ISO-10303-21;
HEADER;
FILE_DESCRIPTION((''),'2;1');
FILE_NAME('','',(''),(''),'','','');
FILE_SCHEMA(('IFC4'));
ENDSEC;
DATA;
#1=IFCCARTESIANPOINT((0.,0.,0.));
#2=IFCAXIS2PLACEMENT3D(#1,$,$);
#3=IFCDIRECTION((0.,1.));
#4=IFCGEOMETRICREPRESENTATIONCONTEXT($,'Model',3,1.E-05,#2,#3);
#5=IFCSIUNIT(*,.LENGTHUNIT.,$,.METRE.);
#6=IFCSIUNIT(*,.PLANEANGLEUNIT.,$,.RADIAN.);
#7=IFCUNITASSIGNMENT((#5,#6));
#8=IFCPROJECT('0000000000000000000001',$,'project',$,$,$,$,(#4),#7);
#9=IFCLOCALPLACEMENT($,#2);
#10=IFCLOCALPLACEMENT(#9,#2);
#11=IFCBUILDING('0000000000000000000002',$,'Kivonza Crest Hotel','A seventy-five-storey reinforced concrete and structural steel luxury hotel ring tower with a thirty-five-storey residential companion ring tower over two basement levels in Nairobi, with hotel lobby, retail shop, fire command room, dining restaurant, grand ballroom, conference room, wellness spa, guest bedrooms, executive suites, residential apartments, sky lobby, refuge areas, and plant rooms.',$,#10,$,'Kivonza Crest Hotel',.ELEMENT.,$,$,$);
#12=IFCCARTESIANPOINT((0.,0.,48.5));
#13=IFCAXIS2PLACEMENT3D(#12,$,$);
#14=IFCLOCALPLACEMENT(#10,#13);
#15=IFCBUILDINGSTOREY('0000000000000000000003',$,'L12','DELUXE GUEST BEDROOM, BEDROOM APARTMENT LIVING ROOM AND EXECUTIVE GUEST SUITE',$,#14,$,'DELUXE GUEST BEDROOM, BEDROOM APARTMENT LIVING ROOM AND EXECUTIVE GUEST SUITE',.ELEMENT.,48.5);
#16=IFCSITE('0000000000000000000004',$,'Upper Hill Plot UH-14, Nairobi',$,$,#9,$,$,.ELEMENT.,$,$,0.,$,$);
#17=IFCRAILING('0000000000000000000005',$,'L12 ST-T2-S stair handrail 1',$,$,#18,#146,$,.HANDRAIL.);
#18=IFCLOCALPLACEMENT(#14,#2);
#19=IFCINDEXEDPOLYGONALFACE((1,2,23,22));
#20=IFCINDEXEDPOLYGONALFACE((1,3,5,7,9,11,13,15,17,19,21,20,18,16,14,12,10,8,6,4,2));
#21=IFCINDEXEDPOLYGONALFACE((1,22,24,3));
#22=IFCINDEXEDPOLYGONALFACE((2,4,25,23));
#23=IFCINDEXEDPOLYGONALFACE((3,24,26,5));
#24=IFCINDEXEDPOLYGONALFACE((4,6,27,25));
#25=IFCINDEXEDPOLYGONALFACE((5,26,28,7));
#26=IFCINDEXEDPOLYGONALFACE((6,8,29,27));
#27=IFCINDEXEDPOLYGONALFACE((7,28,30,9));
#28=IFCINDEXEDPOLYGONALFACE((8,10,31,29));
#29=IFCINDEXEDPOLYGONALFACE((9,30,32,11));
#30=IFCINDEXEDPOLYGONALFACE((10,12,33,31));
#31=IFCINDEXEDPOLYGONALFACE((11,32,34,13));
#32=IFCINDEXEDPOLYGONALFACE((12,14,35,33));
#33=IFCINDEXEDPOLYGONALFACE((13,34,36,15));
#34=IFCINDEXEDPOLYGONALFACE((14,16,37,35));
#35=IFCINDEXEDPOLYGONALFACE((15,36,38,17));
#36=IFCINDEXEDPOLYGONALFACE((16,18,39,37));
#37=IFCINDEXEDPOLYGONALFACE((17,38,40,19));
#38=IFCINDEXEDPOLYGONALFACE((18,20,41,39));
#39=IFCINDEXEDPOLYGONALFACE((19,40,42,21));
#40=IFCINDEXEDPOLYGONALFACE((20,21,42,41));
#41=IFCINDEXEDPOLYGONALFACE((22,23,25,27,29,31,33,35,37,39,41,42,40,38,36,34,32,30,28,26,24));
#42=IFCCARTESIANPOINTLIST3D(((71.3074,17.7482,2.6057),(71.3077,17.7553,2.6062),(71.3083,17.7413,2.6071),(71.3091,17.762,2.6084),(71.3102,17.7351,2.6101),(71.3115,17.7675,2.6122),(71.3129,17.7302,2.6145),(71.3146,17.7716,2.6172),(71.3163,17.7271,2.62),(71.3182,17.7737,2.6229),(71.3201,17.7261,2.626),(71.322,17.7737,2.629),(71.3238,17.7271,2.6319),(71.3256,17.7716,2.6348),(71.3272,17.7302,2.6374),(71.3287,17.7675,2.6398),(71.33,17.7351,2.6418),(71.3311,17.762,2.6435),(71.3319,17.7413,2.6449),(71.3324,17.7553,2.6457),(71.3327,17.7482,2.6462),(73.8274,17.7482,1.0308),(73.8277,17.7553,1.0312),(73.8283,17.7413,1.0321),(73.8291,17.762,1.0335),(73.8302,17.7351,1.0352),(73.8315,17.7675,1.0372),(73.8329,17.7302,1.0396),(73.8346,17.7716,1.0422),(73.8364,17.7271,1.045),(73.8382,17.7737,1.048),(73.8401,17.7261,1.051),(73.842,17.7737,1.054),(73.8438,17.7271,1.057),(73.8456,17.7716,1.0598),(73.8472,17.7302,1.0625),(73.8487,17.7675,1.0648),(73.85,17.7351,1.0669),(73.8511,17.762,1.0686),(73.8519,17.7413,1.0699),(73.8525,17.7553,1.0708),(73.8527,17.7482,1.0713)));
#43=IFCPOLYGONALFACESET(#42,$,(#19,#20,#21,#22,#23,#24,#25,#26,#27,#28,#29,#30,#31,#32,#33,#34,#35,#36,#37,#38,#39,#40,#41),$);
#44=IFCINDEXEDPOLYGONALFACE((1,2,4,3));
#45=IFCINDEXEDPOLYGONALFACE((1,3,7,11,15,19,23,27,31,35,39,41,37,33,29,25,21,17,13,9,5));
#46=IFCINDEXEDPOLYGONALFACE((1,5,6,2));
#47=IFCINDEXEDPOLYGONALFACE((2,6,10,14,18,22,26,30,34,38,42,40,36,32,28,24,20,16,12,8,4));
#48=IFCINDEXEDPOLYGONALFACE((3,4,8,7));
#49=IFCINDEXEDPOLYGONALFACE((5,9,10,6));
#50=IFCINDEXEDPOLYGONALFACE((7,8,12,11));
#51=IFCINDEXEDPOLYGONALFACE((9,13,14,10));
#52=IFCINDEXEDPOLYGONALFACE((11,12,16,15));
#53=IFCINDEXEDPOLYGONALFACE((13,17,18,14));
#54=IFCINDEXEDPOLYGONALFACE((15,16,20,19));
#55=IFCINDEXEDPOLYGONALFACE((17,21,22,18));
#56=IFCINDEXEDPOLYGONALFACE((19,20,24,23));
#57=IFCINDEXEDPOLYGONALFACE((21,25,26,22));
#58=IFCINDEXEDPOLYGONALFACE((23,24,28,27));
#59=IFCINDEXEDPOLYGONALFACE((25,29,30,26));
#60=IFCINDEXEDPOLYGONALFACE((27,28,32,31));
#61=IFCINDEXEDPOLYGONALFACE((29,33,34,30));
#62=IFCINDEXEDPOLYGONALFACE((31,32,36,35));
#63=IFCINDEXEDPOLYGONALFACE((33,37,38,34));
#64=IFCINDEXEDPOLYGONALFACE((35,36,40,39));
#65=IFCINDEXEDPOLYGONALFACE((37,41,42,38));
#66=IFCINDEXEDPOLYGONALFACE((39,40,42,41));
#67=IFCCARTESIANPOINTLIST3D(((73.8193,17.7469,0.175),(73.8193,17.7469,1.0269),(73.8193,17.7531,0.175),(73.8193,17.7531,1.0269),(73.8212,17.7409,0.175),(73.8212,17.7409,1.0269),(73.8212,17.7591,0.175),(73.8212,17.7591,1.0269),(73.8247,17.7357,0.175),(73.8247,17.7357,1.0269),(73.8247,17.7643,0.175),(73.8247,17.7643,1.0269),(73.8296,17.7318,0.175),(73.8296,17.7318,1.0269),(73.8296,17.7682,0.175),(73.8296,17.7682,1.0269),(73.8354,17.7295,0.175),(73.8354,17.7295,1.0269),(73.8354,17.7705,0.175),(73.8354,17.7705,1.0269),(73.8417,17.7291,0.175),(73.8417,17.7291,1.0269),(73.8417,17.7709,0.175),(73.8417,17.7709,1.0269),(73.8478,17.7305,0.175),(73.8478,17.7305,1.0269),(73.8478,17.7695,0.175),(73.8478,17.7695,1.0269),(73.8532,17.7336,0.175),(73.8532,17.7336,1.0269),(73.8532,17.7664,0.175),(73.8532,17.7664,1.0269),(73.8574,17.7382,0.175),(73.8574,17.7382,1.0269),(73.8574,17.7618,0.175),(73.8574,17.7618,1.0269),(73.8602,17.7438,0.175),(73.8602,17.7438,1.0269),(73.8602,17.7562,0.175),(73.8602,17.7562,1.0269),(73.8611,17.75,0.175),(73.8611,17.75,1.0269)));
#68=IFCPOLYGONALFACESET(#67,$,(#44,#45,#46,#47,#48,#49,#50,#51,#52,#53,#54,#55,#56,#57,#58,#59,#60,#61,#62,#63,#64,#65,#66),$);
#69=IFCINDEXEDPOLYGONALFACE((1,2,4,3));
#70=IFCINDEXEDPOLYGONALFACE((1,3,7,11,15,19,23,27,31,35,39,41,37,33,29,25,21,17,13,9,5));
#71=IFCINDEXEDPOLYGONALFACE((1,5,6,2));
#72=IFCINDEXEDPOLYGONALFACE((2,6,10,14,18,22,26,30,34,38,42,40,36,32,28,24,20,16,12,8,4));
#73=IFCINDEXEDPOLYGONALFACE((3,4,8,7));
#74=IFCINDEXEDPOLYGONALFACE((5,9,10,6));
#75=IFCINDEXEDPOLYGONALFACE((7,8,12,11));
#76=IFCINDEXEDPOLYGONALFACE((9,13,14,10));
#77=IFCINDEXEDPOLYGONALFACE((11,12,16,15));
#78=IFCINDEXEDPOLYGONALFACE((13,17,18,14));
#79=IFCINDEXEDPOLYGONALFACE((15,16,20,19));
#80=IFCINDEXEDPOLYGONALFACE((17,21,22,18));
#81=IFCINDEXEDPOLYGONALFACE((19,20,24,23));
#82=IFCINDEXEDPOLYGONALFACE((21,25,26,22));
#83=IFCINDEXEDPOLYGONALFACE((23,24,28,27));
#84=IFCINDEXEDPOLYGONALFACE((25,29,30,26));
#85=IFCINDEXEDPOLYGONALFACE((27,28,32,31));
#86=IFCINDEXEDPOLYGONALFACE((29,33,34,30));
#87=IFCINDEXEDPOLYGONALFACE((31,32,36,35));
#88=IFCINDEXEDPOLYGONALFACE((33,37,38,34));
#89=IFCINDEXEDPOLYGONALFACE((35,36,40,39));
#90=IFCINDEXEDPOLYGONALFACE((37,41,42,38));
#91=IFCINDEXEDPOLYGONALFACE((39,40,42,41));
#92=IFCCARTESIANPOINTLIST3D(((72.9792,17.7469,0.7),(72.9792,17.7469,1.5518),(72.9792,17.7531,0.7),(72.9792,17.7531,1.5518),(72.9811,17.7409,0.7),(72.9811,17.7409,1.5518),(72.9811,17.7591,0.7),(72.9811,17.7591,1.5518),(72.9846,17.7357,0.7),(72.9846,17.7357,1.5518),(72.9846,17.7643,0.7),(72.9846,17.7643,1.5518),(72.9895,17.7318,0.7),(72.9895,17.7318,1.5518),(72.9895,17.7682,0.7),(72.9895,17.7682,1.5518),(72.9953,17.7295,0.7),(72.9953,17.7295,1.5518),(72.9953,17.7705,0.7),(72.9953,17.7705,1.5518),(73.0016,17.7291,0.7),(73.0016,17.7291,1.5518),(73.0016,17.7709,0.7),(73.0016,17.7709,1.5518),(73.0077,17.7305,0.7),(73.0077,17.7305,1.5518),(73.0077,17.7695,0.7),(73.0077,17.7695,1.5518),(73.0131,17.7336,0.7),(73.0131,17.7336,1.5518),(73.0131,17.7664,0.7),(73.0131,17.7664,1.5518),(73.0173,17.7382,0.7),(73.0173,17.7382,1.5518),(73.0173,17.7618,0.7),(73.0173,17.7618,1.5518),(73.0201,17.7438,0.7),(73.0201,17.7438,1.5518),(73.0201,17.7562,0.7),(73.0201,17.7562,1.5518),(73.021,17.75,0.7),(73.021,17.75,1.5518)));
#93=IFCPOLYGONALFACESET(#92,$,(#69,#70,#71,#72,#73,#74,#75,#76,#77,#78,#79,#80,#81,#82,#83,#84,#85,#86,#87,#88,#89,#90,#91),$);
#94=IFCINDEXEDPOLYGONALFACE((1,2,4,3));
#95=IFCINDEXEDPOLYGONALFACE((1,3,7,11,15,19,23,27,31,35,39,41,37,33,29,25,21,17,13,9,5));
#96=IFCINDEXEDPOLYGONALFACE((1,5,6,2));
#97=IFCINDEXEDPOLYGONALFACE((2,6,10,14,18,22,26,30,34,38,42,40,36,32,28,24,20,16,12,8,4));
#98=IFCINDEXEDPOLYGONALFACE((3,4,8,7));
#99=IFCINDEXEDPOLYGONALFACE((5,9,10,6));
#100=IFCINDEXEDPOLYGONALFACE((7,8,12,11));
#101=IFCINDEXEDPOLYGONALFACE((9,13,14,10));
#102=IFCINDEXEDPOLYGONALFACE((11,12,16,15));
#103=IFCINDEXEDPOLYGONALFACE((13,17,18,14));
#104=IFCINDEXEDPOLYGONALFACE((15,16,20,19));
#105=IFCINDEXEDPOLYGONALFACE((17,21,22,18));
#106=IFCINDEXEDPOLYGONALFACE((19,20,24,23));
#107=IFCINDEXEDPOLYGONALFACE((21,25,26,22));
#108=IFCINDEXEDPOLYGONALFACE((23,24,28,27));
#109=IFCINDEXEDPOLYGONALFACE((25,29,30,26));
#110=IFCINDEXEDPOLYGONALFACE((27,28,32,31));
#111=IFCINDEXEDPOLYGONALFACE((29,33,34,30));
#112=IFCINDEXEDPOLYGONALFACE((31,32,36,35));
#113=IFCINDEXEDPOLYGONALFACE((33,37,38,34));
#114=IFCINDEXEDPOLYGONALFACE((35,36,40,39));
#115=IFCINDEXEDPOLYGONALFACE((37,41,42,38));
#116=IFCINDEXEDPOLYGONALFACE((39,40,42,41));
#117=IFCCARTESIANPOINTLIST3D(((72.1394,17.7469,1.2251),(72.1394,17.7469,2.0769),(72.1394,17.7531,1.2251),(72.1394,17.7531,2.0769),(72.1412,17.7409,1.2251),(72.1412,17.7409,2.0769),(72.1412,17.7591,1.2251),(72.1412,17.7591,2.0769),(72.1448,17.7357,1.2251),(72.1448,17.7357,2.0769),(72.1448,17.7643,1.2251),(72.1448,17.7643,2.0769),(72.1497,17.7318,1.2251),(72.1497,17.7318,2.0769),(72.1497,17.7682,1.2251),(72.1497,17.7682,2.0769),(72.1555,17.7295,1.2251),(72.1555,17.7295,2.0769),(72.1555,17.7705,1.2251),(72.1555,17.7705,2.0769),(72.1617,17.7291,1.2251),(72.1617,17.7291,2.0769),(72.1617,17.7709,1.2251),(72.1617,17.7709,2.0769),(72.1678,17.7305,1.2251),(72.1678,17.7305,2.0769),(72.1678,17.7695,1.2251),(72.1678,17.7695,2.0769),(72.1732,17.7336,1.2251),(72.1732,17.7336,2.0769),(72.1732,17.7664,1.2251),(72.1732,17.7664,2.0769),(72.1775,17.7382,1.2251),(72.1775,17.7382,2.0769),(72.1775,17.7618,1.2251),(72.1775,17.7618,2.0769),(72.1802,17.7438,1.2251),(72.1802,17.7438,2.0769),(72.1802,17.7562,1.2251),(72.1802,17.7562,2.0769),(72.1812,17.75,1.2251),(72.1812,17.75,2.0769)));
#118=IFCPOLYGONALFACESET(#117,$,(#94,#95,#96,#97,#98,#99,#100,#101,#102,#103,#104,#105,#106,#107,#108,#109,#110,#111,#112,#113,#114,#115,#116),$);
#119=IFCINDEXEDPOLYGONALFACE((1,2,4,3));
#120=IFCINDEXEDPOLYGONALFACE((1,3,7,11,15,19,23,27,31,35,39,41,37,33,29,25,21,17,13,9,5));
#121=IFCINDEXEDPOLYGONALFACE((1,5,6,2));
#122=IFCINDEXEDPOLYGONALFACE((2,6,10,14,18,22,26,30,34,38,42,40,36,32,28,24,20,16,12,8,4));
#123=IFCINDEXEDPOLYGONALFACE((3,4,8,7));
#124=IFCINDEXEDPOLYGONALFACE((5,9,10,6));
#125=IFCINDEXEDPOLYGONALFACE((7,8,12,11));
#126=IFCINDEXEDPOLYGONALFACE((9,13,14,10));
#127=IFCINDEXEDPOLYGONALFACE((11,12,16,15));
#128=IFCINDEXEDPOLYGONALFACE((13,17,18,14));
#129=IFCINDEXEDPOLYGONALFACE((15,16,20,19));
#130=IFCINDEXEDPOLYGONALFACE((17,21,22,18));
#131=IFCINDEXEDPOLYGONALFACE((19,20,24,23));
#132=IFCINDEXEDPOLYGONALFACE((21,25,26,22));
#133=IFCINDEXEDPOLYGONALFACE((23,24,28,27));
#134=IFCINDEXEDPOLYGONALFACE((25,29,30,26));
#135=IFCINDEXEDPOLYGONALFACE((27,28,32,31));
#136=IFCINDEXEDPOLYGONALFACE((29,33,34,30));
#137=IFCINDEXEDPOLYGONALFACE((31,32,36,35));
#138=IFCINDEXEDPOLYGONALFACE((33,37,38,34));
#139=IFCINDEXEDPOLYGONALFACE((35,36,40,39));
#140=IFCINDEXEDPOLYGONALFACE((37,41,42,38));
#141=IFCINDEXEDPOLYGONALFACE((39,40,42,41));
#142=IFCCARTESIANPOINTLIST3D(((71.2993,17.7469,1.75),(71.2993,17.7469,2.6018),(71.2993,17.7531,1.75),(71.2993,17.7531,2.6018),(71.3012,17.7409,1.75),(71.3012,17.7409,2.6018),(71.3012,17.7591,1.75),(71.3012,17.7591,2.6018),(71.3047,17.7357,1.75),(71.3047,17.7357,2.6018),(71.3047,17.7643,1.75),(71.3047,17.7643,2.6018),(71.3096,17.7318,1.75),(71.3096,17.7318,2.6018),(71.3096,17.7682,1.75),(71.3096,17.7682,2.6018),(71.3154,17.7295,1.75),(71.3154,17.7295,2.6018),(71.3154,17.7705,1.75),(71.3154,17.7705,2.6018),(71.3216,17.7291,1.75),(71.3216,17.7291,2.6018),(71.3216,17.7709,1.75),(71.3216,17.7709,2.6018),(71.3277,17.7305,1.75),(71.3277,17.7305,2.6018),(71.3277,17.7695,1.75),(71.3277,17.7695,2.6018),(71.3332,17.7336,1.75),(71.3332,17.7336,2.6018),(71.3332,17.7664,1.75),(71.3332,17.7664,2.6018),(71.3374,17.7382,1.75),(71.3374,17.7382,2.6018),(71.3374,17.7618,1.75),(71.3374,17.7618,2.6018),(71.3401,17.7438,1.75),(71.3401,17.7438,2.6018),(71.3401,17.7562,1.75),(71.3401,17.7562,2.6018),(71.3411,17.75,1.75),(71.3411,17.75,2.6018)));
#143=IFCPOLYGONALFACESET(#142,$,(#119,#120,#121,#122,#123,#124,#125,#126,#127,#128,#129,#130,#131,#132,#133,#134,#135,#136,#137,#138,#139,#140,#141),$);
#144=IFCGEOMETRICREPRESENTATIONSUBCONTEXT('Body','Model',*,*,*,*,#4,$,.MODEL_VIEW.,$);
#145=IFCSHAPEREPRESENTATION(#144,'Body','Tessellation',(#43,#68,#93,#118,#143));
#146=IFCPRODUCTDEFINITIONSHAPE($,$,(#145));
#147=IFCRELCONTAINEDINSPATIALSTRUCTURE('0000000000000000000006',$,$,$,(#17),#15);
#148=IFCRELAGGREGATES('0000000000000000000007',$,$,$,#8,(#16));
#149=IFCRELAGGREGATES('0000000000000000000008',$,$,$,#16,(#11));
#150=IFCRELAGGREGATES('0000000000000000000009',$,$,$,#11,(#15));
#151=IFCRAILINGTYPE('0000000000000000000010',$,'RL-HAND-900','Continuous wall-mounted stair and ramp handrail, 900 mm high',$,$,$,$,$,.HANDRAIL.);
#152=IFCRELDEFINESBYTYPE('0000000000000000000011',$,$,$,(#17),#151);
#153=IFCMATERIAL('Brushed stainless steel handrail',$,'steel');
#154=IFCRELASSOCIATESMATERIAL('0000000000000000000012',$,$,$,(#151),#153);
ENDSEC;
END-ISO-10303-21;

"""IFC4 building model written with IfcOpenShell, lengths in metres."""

from ifc_helpers import new_model, si_unit, direction, frame, origin, origin_2d, place, context, subcontext, project, spatial, circle, extrude, material, type_object, element, save


model = new_model("IFC4")

# Units and contexts
model_context = context("Model", 3, precision=1e-05, world=origin(), true_north=direction((0.0, 1.0)))
body_context = subcontext(model_context, "Body", "Model", "MODEL_VIEW")
ifc_project = project(units=[si_unit("LENGTHUNIT", "METRE"), si_unit("PLANEANGLEUNIT", "RADIAN")], contexts=[model_context])

# Site, building, storey
site_placement = place(None, origin())
site = spatial("IfcSite", under=ifc_project, at=site_placement, Name="Upper Hill Plot UH-14, Nairobi", CompositionType="ELEMENT", RefElevation=0.0)
building_placement = place(site_placement, origin())
building = spatial("IfcBuilding", under=site, at=building_placement, Name="Kivonza Crest Hotel", Description="A seventy-five-storey reinforced concrete and structural steel luxury hotel ring tower with a thirty-five-storey residential companion ring tower over two basement levels in Nairobi, with hotel lobby, retail shop, fire command room, dining restaurant, grand ballroom, conference room, wellness spa, guest bedrooms, executive suites, residential apartments, sky lobby, refuge areas, and plant rooms.", LongName="Kivonza Crest Hotel", CompositionType="ELEMENT")
storey_placement = place(building_placement, frame((0.0, 0.0, 48.5)))
storey = spatial("IfcBuildingStorey", under=building, at=storey_placement, Name="L12", Description="DELUXE GUEST BEDROOM, BEDROOM APARTMENT LIVING ROOM AND EXECUTIVE GUEST SUITE", LongName="DELUXE GUEST BEDROOM, BEDROOM APARTMENT LIVING ROOM AND EXECUTIVE GUEST SUITE", CompositionType="ELEMENT", Elevation=48.5)

# Railing
ifc_material_1 = material(Name="Brushed stainless steel handrail", Category="steel")
railing_type_1 = type_object("IfcRailingType", Name="RL-HAND-900", Description="Continuous wall-mounted stair and ramp handrail, 900 mm high", PredefinedType="HANDRAIL", material=ifc_material_1)
railing_1_placement = place(storey_placement, frame((73.8401, 17.75, 0.175)))
element("IfcRailing", 1, at=railing_1_placement, inside=storey, type_object=railing_type_1, Name="L12 ST-T2-S stair handrail 1", PredefinedType="HANDRAIL", context=body_context, shape_type="SweptSolid", body=[
    extrude(circle(Radius=0.0239, at=origin_2d()), frame((0.0, 0.0, 0.876), z_axis=(-0.848008, 0.0, 0.529984), x_axis=(0.0, -1.0, 0.0)), (0.0, 0.0, 1.0), 2.9717),
    extrude(circle(Radius=0.021, at=origin_2d()), origin(), (0.0, 0.0, 1.0), 0.8518),
    extrude(circle(Radius=0.021, at=origin_2d()), frame((-0.8401, 0.0, 0.5249)), (0.0, 0.0, 1.0), 0.8518),
    extrude(circle(Radius=0.021, at=origin_2d()), frame((-1.6799, 0.0, 1.05)), (0.0, 0.0, 1.0), 0.8518),
    extrude(circle(Radius=0.021, at=origin_2d()), frame((-2.52, 0.0, 1.575)), (0.0, 0.0, 1.0), 0.8518),
])

save(model, "model.ifc")
